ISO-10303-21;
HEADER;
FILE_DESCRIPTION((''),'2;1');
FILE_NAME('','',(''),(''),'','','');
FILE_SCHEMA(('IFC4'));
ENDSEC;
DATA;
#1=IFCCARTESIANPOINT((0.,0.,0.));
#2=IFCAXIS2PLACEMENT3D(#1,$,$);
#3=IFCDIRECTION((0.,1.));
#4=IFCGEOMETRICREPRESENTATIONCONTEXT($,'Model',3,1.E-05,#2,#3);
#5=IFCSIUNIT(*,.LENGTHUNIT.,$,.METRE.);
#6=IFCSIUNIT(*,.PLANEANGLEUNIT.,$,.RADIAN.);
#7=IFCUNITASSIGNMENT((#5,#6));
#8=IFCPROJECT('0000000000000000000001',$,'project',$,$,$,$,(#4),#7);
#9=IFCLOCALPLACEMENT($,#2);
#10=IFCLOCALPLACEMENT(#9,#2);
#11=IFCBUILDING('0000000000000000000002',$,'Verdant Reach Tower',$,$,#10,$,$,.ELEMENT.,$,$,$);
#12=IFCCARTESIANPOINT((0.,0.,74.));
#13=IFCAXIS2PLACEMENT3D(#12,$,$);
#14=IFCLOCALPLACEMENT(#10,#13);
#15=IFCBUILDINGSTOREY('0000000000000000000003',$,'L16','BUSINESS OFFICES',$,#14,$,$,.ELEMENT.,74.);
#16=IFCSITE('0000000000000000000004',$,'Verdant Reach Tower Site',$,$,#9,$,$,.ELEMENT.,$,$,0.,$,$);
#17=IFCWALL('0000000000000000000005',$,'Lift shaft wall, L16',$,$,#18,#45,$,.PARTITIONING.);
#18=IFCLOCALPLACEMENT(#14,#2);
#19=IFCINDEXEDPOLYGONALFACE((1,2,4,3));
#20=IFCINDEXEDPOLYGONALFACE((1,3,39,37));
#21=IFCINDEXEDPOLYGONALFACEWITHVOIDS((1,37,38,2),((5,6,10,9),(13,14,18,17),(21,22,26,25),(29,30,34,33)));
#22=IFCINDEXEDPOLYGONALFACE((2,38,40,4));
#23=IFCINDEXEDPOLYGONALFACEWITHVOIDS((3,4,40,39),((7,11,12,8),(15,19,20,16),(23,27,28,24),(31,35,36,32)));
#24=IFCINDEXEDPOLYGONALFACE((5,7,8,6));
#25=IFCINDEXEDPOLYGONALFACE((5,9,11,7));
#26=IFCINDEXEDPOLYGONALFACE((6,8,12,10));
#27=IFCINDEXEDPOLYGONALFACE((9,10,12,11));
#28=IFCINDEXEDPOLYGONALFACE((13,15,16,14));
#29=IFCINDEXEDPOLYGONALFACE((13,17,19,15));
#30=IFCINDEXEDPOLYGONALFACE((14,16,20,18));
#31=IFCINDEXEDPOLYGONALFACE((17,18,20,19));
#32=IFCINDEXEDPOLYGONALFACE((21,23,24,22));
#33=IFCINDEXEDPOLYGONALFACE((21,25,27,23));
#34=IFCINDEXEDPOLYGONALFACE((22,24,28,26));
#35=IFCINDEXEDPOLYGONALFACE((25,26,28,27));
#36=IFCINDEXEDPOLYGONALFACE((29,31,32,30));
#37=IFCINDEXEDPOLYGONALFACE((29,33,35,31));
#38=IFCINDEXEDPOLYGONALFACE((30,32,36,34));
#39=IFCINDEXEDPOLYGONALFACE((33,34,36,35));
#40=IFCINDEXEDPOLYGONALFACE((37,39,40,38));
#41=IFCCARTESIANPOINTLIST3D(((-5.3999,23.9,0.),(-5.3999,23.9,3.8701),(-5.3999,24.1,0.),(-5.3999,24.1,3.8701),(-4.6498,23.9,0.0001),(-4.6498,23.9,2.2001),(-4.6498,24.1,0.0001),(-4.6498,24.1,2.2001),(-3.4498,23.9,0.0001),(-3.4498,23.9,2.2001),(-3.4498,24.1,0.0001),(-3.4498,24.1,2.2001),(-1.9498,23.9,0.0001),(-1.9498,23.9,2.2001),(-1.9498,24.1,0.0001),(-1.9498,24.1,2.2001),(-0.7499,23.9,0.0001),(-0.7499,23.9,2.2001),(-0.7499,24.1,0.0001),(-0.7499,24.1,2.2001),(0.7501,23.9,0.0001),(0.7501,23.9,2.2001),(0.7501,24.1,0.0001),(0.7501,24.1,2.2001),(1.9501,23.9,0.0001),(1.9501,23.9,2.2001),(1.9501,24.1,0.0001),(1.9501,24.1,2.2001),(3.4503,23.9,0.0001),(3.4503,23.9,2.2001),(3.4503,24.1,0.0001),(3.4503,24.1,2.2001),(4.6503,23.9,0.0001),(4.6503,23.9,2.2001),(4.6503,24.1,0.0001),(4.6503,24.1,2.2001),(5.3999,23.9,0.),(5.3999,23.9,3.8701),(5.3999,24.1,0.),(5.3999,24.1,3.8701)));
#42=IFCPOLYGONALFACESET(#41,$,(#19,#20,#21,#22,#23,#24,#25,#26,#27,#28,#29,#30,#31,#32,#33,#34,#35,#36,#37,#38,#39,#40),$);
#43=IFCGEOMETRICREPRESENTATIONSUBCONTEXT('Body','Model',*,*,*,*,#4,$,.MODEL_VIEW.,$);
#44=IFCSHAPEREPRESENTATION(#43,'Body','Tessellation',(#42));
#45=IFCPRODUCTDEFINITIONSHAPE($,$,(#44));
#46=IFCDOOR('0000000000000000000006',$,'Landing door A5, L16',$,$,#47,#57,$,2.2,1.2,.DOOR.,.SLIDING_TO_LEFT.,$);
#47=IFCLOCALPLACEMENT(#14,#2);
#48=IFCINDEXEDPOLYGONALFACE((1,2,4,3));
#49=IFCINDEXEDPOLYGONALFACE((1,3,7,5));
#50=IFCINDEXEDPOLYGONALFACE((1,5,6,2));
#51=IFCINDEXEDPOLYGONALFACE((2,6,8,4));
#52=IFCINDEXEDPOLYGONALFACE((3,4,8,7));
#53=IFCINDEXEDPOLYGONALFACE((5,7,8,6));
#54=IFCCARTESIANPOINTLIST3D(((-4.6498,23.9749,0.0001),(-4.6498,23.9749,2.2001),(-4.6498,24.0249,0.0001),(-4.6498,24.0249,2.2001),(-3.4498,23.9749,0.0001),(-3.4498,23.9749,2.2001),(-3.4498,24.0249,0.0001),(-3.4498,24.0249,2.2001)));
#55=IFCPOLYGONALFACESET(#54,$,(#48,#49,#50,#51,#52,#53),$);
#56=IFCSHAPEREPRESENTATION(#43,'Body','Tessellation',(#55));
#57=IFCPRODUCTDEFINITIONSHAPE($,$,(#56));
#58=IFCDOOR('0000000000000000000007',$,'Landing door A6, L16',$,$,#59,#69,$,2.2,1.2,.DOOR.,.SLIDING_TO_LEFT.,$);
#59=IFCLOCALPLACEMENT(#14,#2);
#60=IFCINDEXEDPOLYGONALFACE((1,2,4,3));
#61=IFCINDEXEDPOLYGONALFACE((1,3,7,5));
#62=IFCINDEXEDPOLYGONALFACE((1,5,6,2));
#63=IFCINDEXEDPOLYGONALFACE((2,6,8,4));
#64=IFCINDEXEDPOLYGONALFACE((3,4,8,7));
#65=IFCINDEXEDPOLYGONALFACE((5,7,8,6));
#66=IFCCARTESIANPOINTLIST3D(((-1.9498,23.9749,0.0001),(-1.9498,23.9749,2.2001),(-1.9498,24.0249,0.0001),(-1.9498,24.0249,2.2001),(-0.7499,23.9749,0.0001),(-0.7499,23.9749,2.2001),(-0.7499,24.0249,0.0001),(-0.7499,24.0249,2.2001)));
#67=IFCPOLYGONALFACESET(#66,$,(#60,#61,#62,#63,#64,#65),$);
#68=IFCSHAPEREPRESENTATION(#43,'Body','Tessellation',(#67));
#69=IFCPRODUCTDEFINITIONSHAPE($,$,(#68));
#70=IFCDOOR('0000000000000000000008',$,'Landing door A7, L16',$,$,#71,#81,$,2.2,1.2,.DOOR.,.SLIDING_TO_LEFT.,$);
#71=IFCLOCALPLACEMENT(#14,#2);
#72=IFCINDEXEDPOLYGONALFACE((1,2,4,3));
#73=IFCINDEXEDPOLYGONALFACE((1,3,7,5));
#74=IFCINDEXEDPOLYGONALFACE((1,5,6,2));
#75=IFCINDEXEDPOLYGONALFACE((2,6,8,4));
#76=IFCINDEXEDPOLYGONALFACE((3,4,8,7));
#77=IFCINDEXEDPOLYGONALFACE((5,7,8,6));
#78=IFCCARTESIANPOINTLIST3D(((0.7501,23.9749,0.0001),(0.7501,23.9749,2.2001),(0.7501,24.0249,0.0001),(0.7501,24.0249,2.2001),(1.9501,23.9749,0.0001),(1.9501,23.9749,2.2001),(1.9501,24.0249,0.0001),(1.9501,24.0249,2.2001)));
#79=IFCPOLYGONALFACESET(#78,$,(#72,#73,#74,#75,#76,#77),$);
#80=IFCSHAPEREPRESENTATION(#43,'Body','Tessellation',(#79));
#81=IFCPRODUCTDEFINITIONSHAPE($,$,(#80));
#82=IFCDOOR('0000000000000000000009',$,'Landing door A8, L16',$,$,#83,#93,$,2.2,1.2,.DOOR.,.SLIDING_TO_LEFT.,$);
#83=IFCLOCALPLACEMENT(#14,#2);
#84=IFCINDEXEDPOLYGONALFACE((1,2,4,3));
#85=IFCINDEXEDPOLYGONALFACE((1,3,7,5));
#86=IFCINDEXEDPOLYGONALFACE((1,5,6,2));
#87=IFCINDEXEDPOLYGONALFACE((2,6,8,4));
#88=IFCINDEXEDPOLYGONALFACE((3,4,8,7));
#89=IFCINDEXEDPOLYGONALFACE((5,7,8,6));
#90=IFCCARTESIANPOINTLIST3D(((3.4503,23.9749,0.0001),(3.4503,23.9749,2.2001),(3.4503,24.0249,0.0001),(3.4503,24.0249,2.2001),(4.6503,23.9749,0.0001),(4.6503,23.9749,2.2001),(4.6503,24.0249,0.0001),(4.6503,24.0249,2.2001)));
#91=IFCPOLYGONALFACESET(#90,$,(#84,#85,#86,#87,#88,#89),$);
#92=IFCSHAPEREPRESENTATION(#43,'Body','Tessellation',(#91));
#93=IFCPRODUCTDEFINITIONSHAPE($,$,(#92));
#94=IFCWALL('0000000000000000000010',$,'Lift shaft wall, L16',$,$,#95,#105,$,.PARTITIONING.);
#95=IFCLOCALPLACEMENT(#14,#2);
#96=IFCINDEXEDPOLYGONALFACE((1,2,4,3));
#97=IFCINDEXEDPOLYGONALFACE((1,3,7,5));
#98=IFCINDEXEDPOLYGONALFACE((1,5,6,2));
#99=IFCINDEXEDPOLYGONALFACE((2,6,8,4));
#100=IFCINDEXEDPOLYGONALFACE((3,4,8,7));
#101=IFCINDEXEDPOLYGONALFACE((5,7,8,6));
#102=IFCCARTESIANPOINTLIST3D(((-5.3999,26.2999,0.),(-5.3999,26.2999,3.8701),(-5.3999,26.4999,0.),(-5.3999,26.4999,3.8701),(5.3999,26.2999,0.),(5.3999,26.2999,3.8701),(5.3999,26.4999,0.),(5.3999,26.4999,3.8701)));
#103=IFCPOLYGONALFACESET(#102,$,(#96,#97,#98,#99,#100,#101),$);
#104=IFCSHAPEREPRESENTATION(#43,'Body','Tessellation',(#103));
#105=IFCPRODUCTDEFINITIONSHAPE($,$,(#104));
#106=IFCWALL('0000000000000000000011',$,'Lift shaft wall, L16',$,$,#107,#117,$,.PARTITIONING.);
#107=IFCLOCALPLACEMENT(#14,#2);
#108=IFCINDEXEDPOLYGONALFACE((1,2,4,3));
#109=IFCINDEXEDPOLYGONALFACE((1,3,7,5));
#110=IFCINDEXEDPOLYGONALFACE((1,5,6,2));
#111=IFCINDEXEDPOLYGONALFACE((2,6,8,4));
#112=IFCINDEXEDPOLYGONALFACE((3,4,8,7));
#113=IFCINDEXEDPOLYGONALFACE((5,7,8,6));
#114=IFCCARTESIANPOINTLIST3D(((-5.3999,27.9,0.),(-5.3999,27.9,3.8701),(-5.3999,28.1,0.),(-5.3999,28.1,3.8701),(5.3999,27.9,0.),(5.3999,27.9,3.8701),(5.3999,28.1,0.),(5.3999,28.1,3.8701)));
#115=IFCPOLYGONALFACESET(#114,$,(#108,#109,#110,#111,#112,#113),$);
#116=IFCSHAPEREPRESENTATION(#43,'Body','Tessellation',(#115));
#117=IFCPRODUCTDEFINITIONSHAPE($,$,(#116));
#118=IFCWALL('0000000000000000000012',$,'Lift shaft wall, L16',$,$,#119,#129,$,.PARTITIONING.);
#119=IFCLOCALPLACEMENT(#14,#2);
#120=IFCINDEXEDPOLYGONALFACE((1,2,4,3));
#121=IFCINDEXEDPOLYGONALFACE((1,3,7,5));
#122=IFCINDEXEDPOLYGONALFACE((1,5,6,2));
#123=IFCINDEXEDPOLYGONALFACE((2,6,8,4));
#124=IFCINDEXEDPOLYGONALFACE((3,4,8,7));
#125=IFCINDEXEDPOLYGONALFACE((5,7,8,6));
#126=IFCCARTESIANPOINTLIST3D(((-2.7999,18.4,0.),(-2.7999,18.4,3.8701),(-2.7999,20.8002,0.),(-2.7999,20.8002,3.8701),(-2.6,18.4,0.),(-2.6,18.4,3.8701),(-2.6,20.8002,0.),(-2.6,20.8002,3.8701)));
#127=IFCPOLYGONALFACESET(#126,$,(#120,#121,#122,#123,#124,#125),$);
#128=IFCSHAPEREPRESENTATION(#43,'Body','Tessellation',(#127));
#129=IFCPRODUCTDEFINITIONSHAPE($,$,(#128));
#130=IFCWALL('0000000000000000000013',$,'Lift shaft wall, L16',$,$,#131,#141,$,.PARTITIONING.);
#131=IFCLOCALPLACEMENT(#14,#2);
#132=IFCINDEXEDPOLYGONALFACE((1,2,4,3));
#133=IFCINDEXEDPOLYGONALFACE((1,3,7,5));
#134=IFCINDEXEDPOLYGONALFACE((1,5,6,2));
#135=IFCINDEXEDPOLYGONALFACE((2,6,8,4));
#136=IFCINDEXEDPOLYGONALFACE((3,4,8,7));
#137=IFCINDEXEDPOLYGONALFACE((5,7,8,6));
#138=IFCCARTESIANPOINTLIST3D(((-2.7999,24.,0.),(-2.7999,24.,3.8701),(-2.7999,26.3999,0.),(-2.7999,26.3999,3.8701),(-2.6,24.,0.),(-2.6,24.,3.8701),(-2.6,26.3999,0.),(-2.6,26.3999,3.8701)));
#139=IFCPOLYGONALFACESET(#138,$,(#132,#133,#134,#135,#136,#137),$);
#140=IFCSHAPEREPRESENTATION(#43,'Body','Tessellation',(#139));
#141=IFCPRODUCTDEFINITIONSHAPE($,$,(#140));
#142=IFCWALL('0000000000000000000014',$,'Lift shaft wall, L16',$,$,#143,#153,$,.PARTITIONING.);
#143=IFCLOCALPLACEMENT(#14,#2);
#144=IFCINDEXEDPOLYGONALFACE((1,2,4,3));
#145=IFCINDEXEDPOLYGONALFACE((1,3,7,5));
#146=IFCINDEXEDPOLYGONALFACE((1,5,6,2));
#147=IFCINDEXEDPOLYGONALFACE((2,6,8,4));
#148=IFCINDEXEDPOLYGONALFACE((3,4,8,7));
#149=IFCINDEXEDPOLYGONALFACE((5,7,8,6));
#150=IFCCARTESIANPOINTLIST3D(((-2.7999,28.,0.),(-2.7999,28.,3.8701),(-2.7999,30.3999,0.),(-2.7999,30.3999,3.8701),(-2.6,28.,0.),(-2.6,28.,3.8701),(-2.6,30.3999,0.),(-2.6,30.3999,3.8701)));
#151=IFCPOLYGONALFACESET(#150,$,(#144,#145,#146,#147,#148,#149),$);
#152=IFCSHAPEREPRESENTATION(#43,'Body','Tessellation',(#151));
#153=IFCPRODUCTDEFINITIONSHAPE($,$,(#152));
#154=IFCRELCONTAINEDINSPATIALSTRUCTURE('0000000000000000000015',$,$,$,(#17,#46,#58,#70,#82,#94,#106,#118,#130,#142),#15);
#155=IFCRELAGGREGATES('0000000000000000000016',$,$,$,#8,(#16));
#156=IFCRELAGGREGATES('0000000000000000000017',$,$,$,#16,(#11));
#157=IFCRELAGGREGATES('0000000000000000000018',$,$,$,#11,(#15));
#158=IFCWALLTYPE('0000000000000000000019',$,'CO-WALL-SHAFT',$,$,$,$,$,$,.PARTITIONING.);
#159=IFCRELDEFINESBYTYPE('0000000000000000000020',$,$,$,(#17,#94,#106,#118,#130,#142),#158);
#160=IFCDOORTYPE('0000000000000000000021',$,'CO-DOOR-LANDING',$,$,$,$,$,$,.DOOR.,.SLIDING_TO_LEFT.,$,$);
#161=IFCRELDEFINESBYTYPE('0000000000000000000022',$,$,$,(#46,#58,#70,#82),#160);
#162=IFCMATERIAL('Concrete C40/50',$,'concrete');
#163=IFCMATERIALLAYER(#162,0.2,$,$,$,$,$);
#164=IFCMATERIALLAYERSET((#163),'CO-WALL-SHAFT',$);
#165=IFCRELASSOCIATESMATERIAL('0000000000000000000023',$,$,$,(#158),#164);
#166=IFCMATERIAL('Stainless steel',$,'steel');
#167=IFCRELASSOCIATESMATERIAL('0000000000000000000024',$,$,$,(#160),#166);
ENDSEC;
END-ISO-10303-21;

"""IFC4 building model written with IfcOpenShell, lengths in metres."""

from ifc_helpers import new_model, si_unit, direction, frame, frame_2d, origin, place, context, subcontext, project, spatial, rectangle, extrude, material, layer, layer_set, type_object, element, fill, save


model = new_model("IFC4")

# Units and contexts
model_context = context("Model", 3, precision=1e-05, world=origin(), true_north=direction((0.0, 1.0)))
body_context = subcontext(model_context, "Body", "Model", "MODEL_VIEW")
ifc_project = project(units=[si_unit("LENGTHUNIT", "METRE"), si_unit("PLANEANGLEUNIT", "RADIAN")], contexts=[model_context])

# Site, building, storey
site_placement = place(None, origin())
site = spatial("IfcSite", under=ifc_project, at=site_placement, Name="Verdant Reach Tower Site", CompositionType="ELEMENT", RefElevation=0.0)
building_placement = place(site_placement, origin())
building = spatial("IfcBuilding", under=site, at=building_placement, Name="Verdant Reach Tower", CompositionType="ELEMENT")
storey_placement = place(building_placement, frame((0.0, 0.0, 74.0)))
storey = spatial("IfcBuildingStorey", under=building, at=storey_placement, Name="L16", Description="BUSINESS OFFICES", CompositionType="ELEMENT", Elevation=74.0)

# Wall, openings, doors
ifc_material_1 = material(Name="Concrete C40/50", Category="concrete")
ifc_layer_1 = layer(ifc_material_1, 0.2)
ifc_layer_set_1 = layer_set([ifc_layer_1], Name="CO-WALL-SHAFT")
wall_type_1 = type_object("IfcWallType", Name="CO-WALL-SHAFT", PredefinedType="PARTITIONING", material=ifc_layer_set_1)
ifc_material_2 = material(Name="Stainless steel", Category="steel")
door_type_1 = type_object("IfcDoorType", Name="CO-DOOR-LANDING", OperationType="SLIDING_TO_LEFT", PredefinedType="DOOR", material=ifc_material_2)
wall_1_placement = place(storey_placement, frame((-5.3999, 24.0, 0.0), z_axis=(0.0, 0.0, 1.0), x_axis=(1.0, 0.0, 0.0)))
wall_1 = element("IfcWall", 1, at=wall_1_placement, inside=storey, type_object=wall_type_1, Name="Lift shaft wall, L16", PredefinedType="PARTITIONING", context=body_context, shape_type="SweptSolid", body=[
    extrude(rectangle(XDim=10.7998, YDim=0.2, at=frame_2d((5.3999, 0.0))), origin(), (0.0, 0.0, 1.0), 3.8701),
])
opening_1_placement = place(wall_1_placement, frame((0.75, 0.0, 0.0)))
opening_1 = element("IfcOpeningElement", 2, at=opening_1_placement, cuts=wall_1, PredefinedType="OPENING", context=body_context, shape_type="SweptSolid", body=[
    extrude(rectangle(XDim=1.2, YDim=2.2, at=frame_2d((0.6001, 1.1001))), frame((0.0, 0.1099, 0.0), z_axis=(0.0, -1.0, 0.0), x_axis=(1.0, 0.0, 0.0)), (0.0, 0.0, 1.0), 0.22),
])
opening_2_placement = place(wall_1_placement, frame((3.45, 0.0, 0.0)))
opening_2 = element("IfcOpeningElement", 3, at=opening_2_placement, cuts=wall_1, PredefinedType="OPENING", context=body_context, shape_type="SweptSolid", body=[
    extrude(rectangle(XDim=1.2, YDim=2.2, at=frame_2d((0.6001, 1.1001))), frame((0.0, 0.1099, 0.0), z_axis=(0.0, -1.0, 0.0), x_axis=(1.0, 0.0, 0.0)), (0.0, 0.0, 1.0), 0.22),
])
opening_3_placement = place(wall_1_placement, frame((6.1499, 0.0, 0.0)))
opening_3 = element("IfcOpeningElement", 4, at=opening_3_placement, cuts=wall_1, PredefinedType="OPENING", context=body_context, shape_type="SweptSolid", body=[
    extrude(rectangle(XDim=1.2, YDim=2.2, at=frame_2d((0.6001, 1.1001))), frame((0.0, 0.1099, 0.0), z_axis=(0.0, -1.0, 0.0), x_axis=(1.0, 0.0, 0.0)), (0.0, 0.0, 1.0), 0.22),
])
opening_4_placement = place(wall_1_placement, frame((8.8501, 0.0, 0.0)))
opening_4 = element("IfcOpeningElement", 5, at=opening_4_placement, cuts=wall_1, PredefinedType="OPENING", context=body_context, shape_type="SweptSolid", body=[
    extrude(rectangle(XDim=1.2, YDim=2.2, at=frame_2d((0.6001, 1.1001))), frame((0.0, 0.1099, 0.0), z_axis=(0.0, -1.0, 0.0), x_axis=(1.0, 0.0, 0.0)), (0.0, 0.0, 1.0), 0.22),
])
door_1_placement = place(opening_1_placement, origin())
door_1 = element("IfcDoor", 6, at=door_1_placement, inside=storey, type_object=door_type_1, Name="Landing door A5, L16", OperationType="SLIDING_TO_LEFT", OverallHeight=2.2, OverallWidth=1.2, PredefinedType="DOOR", context=body_context, shape_type="SweptSolid", body=[
    extrude(rectangle(XDim=1.2, YDim=2.2, at=frame_2d((0.6001, 1.1001))), frame((0.0, 0.0249, 0.0), z_axis=(0.0, -1.0, 0.0), x_axis=(1.0, 0.0, 0.0)), (0.0, 0.0, 1.0), 0.05),
])
fill(opening_1, door_1)
door_2_placement = place(opening_2_placement, origin())
door_2 = element("IfcDoor", 7, at=door_2_placement, inside=storey, type_object=door_type_1, Name="Landing door A6, L16", OperationType="SLIDING_TO_LEFT", OverallHeight=2.2, OverallWidth=1.2, PredefinedType="DOOR", context=body_context, shape_type="SweptSolid", body=[
    extrude(rectangle(XDim=1.2, YDim=2.2, at=frame_2d((0.6001, 1.1001))), frame((0.0, 0.0249, 0.0), z_axis=(0.0, -1.0, 0.0), x_axis=(1.0, 0.0, 0.0)), (0.0, 0.0, 1.0), 0.05),
])
fill(opening_2, door_2)
door_3_placement = place(opening_3_placement, origin())
door_3 = element("IfcDoor", 8, at=door_3_placement, inside=storey, type_object=door_type_1, Name="Landing door A7, L16", OperationType="SLIDING_TO_LEFT", OverallHeight=2.2, OverallWidth=1.2, PredefinedType="DOOR", context=body_context, shape_type="SweptSolid", body=[
    extrude(rectangle(XDim=1.2, YDim=2.2, at=frame_2d((0.6001, 1.1001))), frame((0.0, 0.0249, 0.0), z_axis=(0.0, -1.0, 0.0), x_axis=(1.0, 0.0, 0.0)), (0.0, 0.0, 1.0), 0.05),
])
fill(opening_3, door_3)
door_4_placement = place(opening_4_placement, origin())
door_4 = element("IfcDoor", 9, at=door_4_placement, inside=storey, type_object=door_type_1, Name="Landing door A8, L16", OperationType="SLIDING_TO_LEFT", OverallHeight=2.2, OverallWidth=1.2, PredefinedType="DOOR", context=body_context, shape_type="SweptSolid", body=[
    extrude(rectangle(XDim=1.2, YDim=2.2, at=frame_2d((0.6001, 1.1001))), frame((0.0, 0.0249, 0.0), z_axis=(0.0, -1.0, 0.0), x_axis=(1.0, 0.0, 0.0)), (0.0, 0.0, 1.0), 0.05),
])
fill(opening_4, door_4)

# Walls
for number, where, z_axis, x_axis, name in (
    (10, (-5.3999, 26.3999, 0.0), (0.0, 0.0, 1.0), (1.0, 0.0, 0.0), "Lift shaft wall, L16"),
    (11, (-5.3999, 28.0, 0.0), (0.0, 0.0, 1.0), (1.0, 0.0, 0.0), "Lift shaft wall, L16"),
):
    element("IfcWall", number, at=place(storey_placement, frame(where, z_axis=z_axis, x_axis=x_axis)), inside=storey, type_object=wall_type_1, Name=name, PredefinedType="PARTITIONING", context=body_context, shape_type="SweptSolid", body=[
        extrude(rectangle(XDim=10.7998, YDim=0.2, at=frame_2d((5.3999, 0.0))), origin(), (0.0, 0.0, 1.0), 3.8701),
    ])
wall_2_placement = place(storey_placement, frame((-2.7, 18.3999, 0.0), z_axis=(0.0, 0.0, 1.0), x_axis=(0.0, 1.0, 0.0)))
element("IfcWall", 12, at=wall_2_placement, inside=storey, type_object=wall_type_1, Name="Lift shaft wall, L16", PredefinedType="PARTITIONING", context=body_context, shape_type="SweptSolid", body=[
    extrude(rectangle(XDim=2.4001, YDim=0.2, at=frame_2d((1.2002, 0.0))), origin(), (0.0, 0.0, 1.0), 3.8701),
])
for number, where, z_axis, x_axis, name in (
    (13, (-2.7, 24.0, 0.0), (0.0, 0.0, 1.0), (0.0, 1.0, 0.0), "Lift shaft wall, L16"),
    (14, (-2.7, 28.0, 0.0), (0.0, 0.0, 1.0), (0.0, 1.0, 0.0), "Lift shaft wall, L16"),
):
    element("IfcWall", number, at=place(storey_placement, frame(where, z_axis=z_axis, x_axis=x_axis)), inside=storey, type_object=wall_type_1, Name=name, PredefinedType="PARTITIONING", context=body_context, shape_type="SweptSolid", body=[
        extrude(rectangle(XDim=2.3999, YDim=0.2, at=frame_2d((1.2, 0.0))), origin(), (0.0, 0.0, 1.0), 3.8701),
    ])

save(model, "model.ifc")
